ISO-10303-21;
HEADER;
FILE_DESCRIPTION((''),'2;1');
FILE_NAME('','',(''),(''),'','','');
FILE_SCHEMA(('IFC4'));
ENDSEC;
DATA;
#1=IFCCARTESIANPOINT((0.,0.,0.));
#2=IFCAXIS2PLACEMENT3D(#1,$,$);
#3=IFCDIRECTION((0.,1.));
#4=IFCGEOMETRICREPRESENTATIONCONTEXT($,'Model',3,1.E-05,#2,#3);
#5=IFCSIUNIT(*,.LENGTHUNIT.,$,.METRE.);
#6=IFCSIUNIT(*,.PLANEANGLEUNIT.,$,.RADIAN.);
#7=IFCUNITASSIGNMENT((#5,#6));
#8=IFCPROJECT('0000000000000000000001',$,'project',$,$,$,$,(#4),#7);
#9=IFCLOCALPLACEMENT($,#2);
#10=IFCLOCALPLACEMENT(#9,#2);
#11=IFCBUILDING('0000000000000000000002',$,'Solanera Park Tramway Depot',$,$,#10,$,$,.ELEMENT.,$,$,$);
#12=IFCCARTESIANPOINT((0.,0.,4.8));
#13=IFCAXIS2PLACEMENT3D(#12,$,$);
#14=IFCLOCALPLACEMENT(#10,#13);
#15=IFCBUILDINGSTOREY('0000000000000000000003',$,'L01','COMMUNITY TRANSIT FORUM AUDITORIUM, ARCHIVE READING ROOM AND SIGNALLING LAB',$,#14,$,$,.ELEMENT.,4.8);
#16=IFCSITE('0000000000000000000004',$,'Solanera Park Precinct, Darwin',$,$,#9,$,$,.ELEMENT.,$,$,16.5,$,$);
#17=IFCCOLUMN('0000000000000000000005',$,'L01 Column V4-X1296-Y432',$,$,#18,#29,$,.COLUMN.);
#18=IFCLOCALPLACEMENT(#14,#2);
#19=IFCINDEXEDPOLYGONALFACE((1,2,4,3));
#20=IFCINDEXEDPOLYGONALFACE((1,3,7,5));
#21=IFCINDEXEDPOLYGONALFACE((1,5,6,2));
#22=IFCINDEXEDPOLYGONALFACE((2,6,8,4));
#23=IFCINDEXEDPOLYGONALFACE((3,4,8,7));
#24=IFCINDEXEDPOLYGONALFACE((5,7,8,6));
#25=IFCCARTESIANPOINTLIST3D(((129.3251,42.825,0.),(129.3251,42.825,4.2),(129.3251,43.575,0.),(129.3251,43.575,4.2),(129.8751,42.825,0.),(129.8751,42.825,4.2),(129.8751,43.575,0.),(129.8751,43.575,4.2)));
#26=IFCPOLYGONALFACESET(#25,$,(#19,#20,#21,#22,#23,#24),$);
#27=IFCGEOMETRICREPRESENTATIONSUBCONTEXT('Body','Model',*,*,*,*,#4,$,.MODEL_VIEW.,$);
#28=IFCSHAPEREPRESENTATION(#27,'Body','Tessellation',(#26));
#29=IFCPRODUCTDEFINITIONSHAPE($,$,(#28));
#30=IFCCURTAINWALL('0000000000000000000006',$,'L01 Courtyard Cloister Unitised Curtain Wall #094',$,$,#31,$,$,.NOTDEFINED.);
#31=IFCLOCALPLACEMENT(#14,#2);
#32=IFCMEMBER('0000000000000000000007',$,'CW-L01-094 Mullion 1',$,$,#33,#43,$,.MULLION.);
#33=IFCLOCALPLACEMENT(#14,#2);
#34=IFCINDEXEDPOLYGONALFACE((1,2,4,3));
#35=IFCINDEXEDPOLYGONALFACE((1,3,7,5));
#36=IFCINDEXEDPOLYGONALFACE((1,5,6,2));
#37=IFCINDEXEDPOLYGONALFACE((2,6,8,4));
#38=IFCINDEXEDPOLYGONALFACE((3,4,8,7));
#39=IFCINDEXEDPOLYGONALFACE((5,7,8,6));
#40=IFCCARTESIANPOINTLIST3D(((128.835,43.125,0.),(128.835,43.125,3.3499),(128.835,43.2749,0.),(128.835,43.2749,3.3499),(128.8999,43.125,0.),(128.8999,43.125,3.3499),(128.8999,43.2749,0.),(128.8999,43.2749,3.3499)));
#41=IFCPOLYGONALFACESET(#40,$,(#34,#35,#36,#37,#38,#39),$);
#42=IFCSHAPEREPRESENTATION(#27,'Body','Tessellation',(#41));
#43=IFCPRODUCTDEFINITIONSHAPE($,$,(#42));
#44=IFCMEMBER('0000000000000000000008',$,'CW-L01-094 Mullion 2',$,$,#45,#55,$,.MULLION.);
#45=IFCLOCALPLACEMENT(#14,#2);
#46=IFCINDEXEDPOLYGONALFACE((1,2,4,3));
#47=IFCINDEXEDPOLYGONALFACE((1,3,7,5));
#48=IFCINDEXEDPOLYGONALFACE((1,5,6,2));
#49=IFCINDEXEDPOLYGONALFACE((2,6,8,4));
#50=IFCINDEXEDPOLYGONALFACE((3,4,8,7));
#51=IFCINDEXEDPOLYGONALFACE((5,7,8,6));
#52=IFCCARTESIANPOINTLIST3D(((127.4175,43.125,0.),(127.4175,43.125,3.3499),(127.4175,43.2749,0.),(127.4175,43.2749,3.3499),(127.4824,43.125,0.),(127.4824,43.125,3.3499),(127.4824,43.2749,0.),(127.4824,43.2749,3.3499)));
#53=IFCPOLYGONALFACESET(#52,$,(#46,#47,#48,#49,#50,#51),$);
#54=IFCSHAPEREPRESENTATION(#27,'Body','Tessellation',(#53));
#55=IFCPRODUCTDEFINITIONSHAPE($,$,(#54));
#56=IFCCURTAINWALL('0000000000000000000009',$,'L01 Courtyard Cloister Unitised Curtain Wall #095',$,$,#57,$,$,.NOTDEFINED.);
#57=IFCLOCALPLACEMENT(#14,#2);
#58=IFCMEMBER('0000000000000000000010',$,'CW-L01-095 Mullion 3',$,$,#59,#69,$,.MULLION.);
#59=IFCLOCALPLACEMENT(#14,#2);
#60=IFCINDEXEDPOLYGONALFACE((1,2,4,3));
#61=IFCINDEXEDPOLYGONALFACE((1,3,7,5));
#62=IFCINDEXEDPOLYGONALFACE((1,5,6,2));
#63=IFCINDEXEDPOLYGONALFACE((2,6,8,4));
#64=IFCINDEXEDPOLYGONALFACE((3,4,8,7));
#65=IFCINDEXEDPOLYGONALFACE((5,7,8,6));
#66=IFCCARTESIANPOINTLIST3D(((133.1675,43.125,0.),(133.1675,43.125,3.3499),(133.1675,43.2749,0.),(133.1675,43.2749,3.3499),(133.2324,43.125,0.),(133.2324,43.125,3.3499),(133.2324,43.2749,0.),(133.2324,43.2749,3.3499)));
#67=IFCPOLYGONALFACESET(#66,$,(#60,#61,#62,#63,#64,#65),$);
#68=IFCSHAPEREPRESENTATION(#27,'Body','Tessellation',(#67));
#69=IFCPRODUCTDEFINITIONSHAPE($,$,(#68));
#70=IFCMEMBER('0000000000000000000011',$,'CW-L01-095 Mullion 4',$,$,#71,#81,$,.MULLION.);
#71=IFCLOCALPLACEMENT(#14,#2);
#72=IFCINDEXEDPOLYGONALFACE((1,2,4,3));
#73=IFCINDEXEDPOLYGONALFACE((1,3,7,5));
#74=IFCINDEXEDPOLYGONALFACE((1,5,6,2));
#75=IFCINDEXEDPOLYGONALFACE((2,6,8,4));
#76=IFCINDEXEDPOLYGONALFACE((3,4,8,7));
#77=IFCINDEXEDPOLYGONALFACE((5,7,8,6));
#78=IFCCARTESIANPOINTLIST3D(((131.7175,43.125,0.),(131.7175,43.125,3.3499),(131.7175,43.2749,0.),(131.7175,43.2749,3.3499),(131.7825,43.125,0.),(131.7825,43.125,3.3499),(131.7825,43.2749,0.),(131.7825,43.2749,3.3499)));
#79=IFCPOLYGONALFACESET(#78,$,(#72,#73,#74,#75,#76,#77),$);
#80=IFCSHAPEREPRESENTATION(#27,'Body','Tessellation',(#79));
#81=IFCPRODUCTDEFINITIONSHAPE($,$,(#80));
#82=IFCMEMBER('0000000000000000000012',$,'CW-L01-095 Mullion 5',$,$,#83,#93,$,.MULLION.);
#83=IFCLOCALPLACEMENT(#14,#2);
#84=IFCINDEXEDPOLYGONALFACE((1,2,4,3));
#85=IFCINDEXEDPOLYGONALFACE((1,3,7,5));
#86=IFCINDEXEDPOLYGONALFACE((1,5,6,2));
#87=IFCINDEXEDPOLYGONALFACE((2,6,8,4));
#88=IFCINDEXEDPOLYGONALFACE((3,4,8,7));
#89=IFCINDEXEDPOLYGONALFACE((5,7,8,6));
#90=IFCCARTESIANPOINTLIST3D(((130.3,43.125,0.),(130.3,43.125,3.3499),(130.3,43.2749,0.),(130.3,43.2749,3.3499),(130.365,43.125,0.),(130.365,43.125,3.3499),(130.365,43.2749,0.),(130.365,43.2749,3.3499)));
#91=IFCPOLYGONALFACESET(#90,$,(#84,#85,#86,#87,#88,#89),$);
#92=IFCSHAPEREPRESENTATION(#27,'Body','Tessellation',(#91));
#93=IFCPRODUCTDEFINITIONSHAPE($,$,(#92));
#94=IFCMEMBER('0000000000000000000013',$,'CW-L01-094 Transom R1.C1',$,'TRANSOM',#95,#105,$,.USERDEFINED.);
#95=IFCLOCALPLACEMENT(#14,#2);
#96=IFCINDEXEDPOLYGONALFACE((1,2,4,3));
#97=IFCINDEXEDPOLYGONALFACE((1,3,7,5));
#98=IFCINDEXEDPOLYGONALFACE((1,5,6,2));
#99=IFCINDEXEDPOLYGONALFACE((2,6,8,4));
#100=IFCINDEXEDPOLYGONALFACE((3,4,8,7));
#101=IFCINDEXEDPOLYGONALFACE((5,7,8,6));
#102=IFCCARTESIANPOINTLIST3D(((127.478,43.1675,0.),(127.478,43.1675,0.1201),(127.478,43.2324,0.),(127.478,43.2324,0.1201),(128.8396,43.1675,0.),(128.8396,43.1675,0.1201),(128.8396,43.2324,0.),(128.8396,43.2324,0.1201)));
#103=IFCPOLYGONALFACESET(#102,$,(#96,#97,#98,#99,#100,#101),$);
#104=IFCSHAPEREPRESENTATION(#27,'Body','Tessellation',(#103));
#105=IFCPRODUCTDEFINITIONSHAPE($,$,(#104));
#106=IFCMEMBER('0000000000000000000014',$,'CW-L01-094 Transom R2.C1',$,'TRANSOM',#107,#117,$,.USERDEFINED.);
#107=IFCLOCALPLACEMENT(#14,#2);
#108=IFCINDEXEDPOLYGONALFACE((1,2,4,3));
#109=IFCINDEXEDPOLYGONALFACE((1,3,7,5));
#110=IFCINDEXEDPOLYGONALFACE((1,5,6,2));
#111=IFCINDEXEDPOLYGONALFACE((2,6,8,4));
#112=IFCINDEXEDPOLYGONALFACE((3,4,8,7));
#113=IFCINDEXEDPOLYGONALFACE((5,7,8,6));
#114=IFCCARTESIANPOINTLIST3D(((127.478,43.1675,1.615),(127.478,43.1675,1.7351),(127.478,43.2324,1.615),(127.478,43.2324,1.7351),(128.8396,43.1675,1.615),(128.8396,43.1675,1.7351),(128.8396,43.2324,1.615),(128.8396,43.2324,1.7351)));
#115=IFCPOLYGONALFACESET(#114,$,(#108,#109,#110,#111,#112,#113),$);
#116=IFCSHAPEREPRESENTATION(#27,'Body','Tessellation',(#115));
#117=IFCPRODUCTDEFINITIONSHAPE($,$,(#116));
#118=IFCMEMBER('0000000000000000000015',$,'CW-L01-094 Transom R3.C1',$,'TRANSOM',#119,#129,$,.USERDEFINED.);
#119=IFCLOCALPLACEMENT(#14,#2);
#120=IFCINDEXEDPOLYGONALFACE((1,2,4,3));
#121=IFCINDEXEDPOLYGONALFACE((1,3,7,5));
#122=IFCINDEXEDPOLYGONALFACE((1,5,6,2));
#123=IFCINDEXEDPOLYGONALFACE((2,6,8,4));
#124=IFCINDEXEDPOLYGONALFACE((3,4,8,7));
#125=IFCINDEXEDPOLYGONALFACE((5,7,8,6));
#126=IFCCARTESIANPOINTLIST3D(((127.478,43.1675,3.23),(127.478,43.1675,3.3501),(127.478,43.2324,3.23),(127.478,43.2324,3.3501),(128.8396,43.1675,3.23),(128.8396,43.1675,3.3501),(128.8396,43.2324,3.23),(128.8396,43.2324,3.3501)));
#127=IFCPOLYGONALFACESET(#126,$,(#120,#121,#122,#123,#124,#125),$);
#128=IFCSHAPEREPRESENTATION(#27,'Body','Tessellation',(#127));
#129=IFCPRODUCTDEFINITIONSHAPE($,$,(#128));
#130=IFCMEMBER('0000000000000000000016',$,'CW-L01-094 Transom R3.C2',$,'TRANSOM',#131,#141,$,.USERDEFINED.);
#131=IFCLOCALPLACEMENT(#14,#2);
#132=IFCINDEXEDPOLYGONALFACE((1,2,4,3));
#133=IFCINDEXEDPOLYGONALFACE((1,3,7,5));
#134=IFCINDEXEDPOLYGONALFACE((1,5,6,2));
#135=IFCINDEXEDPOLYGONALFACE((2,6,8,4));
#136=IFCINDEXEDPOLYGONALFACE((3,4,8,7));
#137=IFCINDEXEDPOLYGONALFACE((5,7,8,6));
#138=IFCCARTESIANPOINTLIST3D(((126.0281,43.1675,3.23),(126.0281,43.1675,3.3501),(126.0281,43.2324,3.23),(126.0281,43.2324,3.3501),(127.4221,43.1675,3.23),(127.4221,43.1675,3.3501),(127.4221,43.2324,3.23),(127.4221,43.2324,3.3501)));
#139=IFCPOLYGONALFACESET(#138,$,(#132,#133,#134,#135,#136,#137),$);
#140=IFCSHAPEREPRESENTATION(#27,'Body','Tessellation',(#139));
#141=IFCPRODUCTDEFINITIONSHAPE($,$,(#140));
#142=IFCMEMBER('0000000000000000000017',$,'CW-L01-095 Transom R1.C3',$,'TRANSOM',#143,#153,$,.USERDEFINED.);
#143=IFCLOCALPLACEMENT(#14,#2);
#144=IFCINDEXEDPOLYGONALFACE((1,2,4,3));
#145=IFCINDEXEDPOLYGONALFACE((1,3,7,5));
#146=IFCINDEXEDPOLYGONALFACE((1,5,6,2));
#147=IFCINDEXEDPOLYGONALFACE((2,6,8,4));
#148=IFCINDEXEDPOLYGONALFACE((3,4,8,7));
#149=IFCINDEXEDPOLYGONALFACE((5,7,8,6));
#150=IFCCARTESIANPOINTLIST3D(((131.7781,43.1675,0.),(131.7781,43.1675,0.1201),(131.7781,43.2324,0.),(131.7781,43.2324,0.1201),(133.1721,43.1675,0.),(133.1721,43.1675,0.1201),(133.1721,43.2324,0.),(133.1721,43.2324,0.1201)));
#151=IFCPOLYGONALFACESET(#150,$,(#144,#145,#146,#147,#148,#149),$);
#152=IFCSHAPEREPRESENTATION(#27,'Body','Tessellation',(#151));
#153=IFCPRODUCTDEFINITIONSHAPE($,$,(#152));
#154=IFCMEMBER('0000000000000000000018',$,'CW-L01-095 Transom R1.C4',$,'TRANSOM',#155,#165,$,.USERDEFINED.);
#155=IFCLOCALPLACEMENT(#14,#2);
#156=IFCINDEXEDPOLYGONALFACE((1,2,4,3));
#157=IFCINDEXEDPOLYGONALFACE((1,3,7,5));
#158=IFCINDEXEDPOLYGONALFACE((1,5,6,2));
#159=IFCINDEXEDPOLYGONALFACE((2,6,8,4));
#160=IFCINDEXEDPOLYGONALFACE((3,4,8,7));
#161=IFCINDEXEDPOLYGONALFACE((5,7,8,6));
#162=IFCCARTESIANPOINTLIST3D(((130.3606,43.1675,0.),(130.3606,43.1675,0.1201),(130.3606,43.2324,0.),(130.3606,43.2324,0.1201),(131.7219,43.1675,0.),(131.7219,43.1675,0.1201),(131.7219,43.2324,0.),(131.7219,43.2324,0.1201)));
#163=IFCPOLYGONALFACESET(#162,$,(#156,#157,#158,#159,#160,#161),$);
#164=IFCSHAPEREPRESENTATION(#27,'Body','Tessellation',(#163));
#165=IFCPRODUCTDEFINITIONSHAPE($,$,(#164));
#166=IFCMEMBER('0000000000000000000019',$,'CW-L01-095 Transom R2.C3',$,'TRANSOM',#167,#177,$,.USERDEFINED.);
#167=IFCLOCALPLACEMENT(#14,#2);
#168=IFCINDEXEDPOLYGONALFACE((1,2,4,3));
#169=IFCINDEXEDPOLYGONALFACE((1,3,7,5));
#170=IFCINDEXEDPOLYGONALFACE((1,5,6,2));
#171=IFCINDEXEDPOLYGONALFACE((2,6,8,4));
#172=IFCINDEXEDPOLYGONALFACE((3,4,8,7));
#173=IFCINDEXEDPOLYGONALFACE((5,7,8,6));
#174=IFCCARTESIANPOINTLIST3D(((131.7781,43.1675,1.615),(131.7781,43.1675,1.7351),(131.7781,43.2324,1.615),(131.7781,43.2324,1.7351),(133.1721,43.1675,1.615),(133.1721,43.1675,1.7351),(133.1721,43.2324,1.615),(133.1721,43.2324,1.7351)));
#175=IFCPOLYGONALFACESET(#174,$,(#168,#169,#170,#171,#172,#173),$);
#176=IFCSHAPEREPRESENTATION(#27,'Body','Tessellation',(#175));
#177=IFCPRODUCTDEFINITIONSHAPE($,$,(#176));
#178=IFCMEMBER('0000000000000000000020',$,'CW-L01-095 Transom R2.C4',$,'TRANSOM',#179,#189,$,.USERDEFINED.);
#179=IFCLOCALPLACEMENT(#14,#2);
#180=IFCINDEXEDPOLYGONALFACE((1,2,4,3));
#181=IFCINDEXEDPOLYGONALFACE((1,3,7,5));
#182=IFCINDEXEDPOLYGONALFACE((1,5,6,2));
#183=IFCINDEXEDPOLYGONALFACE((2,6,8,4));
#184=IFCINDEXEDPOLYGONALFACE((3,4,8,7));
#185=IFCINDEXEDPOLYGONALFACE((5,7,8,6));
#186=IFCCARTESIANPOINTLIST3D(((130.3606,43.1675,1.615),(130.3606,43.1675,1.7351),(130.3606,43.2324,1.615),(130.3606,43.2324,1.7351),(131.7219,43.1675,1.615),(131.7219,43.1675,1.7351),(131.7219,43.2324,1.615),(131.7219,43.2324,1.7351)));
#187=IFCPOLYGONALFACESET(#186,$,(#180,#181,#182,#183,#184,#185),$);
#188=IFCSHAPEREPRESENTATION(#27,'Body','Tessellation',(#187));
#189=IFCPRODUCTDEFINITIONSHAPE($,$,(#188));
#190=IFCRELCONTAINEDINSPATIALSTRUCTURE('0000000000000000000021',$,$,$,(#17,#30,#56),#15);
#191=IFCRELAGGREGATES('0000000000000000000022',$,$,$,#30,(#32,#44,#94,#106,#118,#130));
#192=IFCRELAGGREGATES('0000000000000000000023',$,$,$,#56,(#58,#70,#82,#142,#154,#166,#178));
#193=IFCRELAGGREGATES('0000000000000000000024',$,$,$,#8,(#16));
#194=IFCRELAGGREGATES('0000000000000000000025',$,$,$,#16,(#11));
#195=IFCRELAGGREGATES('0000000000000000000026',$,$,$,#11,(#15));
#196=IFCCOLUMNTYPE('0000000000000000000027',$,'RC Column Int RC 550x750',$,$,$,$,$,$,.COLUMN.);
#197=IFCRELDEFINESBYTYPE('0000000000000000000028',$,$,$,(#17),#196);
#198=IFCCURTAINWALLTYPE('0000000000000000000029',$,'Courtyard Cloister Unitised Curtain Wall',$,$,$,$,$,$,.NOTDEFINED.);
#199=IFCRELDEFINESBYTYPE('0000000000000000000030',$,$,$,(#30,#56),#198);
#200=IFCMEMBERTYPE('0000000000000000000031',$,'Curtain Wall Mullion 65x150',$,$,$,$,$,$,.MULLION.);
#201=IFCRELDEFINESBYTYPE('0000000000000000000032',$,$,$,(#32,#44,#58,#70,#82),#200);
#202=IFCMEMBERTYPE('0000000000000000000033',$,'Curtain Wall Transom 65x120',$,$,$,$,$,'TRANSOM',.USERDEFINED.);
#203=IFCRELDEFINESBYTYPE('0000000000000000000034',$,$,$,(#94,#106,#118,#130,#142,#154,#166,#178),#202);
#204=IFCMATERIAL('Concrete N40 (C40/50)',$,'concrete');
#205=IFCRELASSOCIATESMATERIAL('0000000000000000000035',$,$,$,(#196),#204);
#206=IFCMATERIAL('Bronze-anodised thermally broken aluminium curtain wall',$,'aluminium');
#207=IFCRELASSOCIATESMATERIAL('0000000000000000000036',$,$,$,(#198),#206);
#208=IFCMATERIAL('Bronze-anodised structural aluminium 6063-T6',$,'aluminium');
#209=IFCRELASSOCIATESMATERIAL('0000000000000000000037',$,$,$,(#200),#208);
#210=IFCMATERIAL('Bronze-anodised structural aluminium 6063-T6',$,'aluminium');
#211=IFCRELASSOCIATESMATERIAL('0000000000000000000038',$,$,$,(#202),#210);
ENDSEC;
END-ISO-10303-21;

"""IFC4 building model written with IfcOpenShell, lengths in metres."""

from ifc_helpers import new_model, si_unit, direction, frame, origin, origin_2d, place, context, subcontext, project, spatial, rectangle, extrude, material, material_profile, profile_set, type_object, element, aggregate, save


model = new_model("IFC4")

# Units and contexts
model_context = context("Model", 3, precision=1e-05, world=origin(), true_north=direction((0.0, 1.0)))
body_context = subcontext(model_context, "Body", "Model", "MODEL_VIEW")
ifc_project = project(units=[si_unit("LENGTHUNIT", "METRE"), si_unit("PLANEANGLEUNIT", "RADIAN")], contexts=[model_context])

# Site, building, storey
site_placement = place(None, origin())
site = spatial("IfcSite", under=ifc_project, at=site_placement, Name="Solanera Park Precinct, Darwin", CompositionType="ELEMENT", RefElevation=16.5)
building_placement = place(site_placement, origin())
building = spatial("IfcBuilding", under=site, at=building_placement, Name="Solanera Park Tramway Depot", CompositionType="ELEMENT")
storey_placement = place(building_placement, frame((0.0, 0.0, 4.8)))
storey = spatial("IfcBuildingStorey", under=building, at=storey_placement, Name="L01", Description="COMMUNITY TRANSIT FORUM AUDITORIUM, ARCHIVE READING ROOM AND SIGNALLING LAB", CompositionType="ELEMENT", Elevation=4.8)

# Column
ifc_material_1 = material(Name="Concrete N40 (C40/50)", Category="concrete")
ifc_material_profile_1 = material_profile(ifc_material_1, rectangle(XDim=0.55, YDim=0.75, at=origin_2d()), Name="RC 550x750")
ifc_profile_set_1 = profile_set([ifc_material_profile_1], Name="Concrete N40 (C40/50)")
column_type = type_object("IfcColumnType", Name="RC Column Int RC 550x750", PredefinedType="COLUMN", material=ifc_profile_set_1)
column_placement = place(storey_placement, frame((129.6001, 43.2, 0.0), z_axis=(0.0, 0.0, 1.0), x_axis=(1.0, 0.0, 0.0)))
element("IfcColumn", 1, at=column_placement, inside=storey, type_object=column_type, Name="L01 Column V4-X1296-Y432", PredefinedType="COLUMN", context=body_context, shape_type="SweptSolid", body=[
    extrude(rectangle(XDim=0.55, YDim=0.75, at=origin_2d()), origin(), (0.0, 0.0, 1.0), 4.2),
])

# Curtain walls, members
ifc_material_2 = material(Name="Bronze-anodised thermally broken aluminium curtain wall", Category="aluminium")
curtain_wall_type = type_object("IfcCurtainWallType", Name="Courtyard Cloister Unitised Curtain Wall", PredefinedType="NOTDEFINED", material=ifc_material_2)
curtain_wall_1_placement = place(storey_placement, origin())
curtain_wall_1 = element("IfcCurtainWall", 2, at=curtain_wall_1_placement, inside=storey, type_object=curtain_wall_type, Name="L01 Courtyard Cloister Unitised Curtain Wall #094", PredefinedType="NOTDEFINED")
ifc_material_3 = material(Name="Bronze-anodised structural aluminium 6063-T6", Category="aluminium")
ifc_material_profile_2 = material_profile(ifc_material_3, rectangle(XDim=0.0649, YDim=0.1499, at=origin_2d()), Name="Curtain Wall Mullion 65x150")
ifc_profile_set_2 = profile_set([ifc_material_profile_2], Name="Bronze-anodised structural aluminium 6063-T6")
member_type_1 = type_object("IfcMemberType", Name="Curtain Wall Mullion 65x150", PredefinedType="MULLION", material=ifc_profile_set_2)
member_1_placement = place(storey_placement, frame((128.8674, 43.2, 0.0), z_axis=(0.0, 0.0, 1.0), x_axis=(1.0, 0.0, 0.0)))
member_1 = element("IfcMember", 3, at=member_1_placement, type_object=member_type_1, Name="CW-L01-094 Mullion 1", PredefinedType="MULLION", context=body_context, shape_type="SweptSolid", body=[
    extrude(rectangle(XDim=0.0649, YDim=0.1499, at=origin_2d()), origin(), (0.0, 0.0, 1.0), 3.3499),
])
member_2_placement = place(storey_placement, frame((127.45, 43.2, 0.0), z_axis=(0.0, 0.0, 1.0), x_axis=(1.0, 0.0, 0.0)))
member_2 = element("IfcMember", 4, at=member_2_placement, type_object=member_type_1, Name="CW-L01-094 Mullion 2", PredefinedType="MULLION", context=body_context, shape_type="SweptSolid", body=[
    extrude(rectangle(XDim=0.0649, YDim=0.1499, at=origin_2d()), origin(), (0.0, 0.0, 1.0), 3.3499),
])
curtain_wall_2_placement = place(storey_placement, origin())
curtain_wall_2 = element("IfcCurtainWall", 5, at=curtain_wall_2_placement, inside=storey, type_object=curtain_wall_type, Name="L01 Courtyard Cloister Unitised Curtain Wall #095", PredefinedType="NOTDEFINED")
member_3_placement = place(storey_placement, frame((133.2, 43.2, 0.0), z_axis=(0.0, 0.0, 1.0), x_axis=(1.0, 0.0, 0.0)))
member_3 = element("IfcMember", 6, at=member_3_placement, type_object=member_type_1, Name="CW-L01-095 Mullion 3", PredefinedType="MULLION", context=body_context, shape_type="SweptSolid", body=[
    extrude(rectangle(XDim=0.0649, YDim=0.1499, at=origin_2d()), origin(), (0.0, 0.0, 1.0), 3.3499),
])
member_4_placement = place(storey_placement, frame((131.75, 43.2, 0.0), z_axis=(0.0, 0.0, 1.0), x_axis=(1.0, 0.0, 0.0)))
member_4 = element("IfcMember", 7, at=member_4_placement, type_object=member_type_1, Name="CW-L01-095 Mullion 4", PredefinedType="MULLION", context=body_context, shape_type="SweptSolid", body=[
    extrude(rectangle(XDim=0.0649, YDim=0.1499, at=origin_2d()), origin(), (0.0, 0.0, 1.0), 3.3499),
])
member_5_placement = place(storey_placement, frame((130.3325, 43.2, 0.0), z_axis=(0.0, 0.0, 1.0), x_axis=(1.0, 0.0, 0.0)))
member_5 = element("IfcMember", 8, at=member_5_placement, type_object=member_type_1, Name="CW-L01-095 Mullion 5", PredefinedType="MULLION", context=body_context, shape_type="SweptSolid", body=[
    extrude(rectangle(XDim=0.0649, YDim=0.1499, at=origin_2d()), origin(), (0.0, 0.0, 1.0), 3.3499),
])

# Members
ifc_material_4 = material(Name="Bronze-anodised structural aluminium 6063-T6", Category="aluminium")
ifc_material_profile_3 = material_profile(ifc_material_4, rectangle(XDim=0.0649, YDim=0.1201, at=origin_2d()), Name="Curtain Wall Transom 65x120")
ifc_profile_set_3 = profile_set([ifc_material_profile_3], Name="Bronze-anodised structural aluminium 6063-T6")
member_type_2 = type_object("IfcMemberType", Name="Curtain Wall Transom 65x120", ElementType="TRANSOM", PredefinedType="USERDEFINED", material=ifc_profile_set_3)
member_6_placement = place(storey_placement, frame((128.8396, 43.2, 0.0601), z_axis=(-1.0, 0.0, 0.0), x_axis=(0.0, -1.0, 0.0)))
member_6 = element("IfcMember", 9, at=member_6_placement, type_object=member_type_2, Name="CW-L01-094 Transom R1.C1", ObjectType="TRANSOM", PredefinedType="USERDEFINED", context=body_context, shape_type="SweptSolid", body=[
    extrude(rectangle(XDim=0.0649, YDim=0.1201, at=origin_2d()), origin(), (0.0, 0.0, 1.0), 1.3616),
])
member_7_placement = place(storey_placement, frame((128.8396, 43.2, 1.675), z_axis=(-1.0, 0.0, 0.0), x_axis=(0.0, -1.0, 0.0)))
member_7 = element("IfcMember", 10, at=member_7_placement, type_object=member_type_2, Name="CW-L01-094 Transom R2.C1", ObjectType="TRANSOM", PredefinedType="USERDEFINED", context=body_context, shape_type="SweptSolid", body=[
    extrude(rectangle(XDim=0.0649, YDim=0.1201, at=origin_2d()), origin(), (0.0, 0.0, 1.0), 1.3616),
])
member_8_placement = place(storey_placement, frame((128.8396, 43.2, 3.29), z_axis=(-1.0, 0.0, 0.0), x_axis=(0.0, -1.0, 0.0)))
member_8 = element("IfcMember", 11, at=member_8_placement, type_object=member_type_2, Name="CW-L01-094 Transom R3.C1", ObjectType="TRANSOM", PredefinedType="USERDEFINED", context=body_context, shape_type="SweptSolid", body=[
    extrude(rectangle(XDim=0.0649, YDim=0.1201, at=origin_2d()), origin(), (0.0, 0.0, 1.0), 1.3616),
])
member_9_placement = place(storey_placement, frame((127.4221, 43.2, 3.29), z_axis=(-1.0, 0.0, 0.0), x_axis=(0.0, -1.0, 0.0)))
member_9 = element("IfcMember", 12, at=member_9_placement, type_object=member_type_2, Name="CW-L01-094 Transom R3.C2", ObjectType="TRANSOM", PredefinedType="USERDEFINED", context=body_context, shape_type="SweptSolid", body=[
    extrude(rectangle(XDim=0.0649, YDim=0.1201, at=origin_2d()), origin(), (0.0, 0.0, 1.0), 1.394),
])
member_10_placement = place(storey_placement, frame((133.1721, 43.2, 0.0601), z_axis=(-1.0, 0.0, 0.0), x_axis=(0.0, -1.0, 0.0)))
member_10 = element("IfcMember", 13, at=member_10_placement, type_object=member_type_2, Name="CW-L01-095 Transom R1.C3", ObjectType="TRANSOM", PredefinedType="USERDEFINED", context=body_context, shape_type="SweptSolid", body=[
    extrude(rectangle(XDim=0.0649, YDim=0.1201, at=origin_2d()), origin(), (0.0, 0.0, 1.0), 1.394),
])
member_11_placement = place(storey_placement, frame((131.7219, 43.2, 0.0601), z_axis=(-1.0, 0.0, 0.0), x_axis=(0.0, -1.0, 0.0)))
member_11 = element("IfcMember", 14, at=member_11_placement, type_object=member_type_2, Name="CW-L01-095 Transom R1.C4", ObjectType="TRANSOM", PredefinedType="USERDEFINED", context=body_context, shape_type="SweptSolid", body=[
    extrude(rectangle(XDim=0.0649, YDim=0.1201, at=origin_2d()), origin(), (0.0, 0.0, 1.0), 1.3613),
])
member_12_placement = place(storey_placement, frame((133.1721, 43.2, 1.675), z_axis=(-1.0, 0.0, 0.0), x_axis=(0.0, -1.0, 0.0)))
member_12 = element("IfcMember", 15, at=member_12_placement, type_object=member_type_2, Name="CW-L01-095 Transom R2.C3", ObjectType="TRANSOM", PredefinedType="USERDEFINED", context=body_context, shape_type="SweptSolid", body=[
    extrude(rectangle(XDim=0.0649, YDim=0.1201, at=origin_2d()), origin(), (0.0, 0.0, 1.0), 1.394),
])
member_13_placement = place(storey_placement, frame((131.7219, 43.2, 1.675), z_axis=(-1.0, 0.0, 0.0), x_axis=(0.0, -1.0, 0.0)))
member_13 = element("IfcMember", 16, at=member_13_placement, type_object=member_type_2, Name="CW-L01-095 Transom R2.C4", ObjectType="TRANSOM", PredefinedType="USERDEFINED", context=body_context, shape_type="SweptSolid", body=[
    extrude(rectangle(XDim=0.0649, YDim=0.1201, at=origin_2d()), origin(), (0.0, 0.0, 1.0), 1.3613),
])

aggregate(curtain_wall_1, [member_1, member_2, member_6, member_7, member_8, member_9])
aggregate(curtain_wall_2, [member_3, member_4, member_5, member_10, member_11, member_12, member_13])

save(model, "model.ifc")
